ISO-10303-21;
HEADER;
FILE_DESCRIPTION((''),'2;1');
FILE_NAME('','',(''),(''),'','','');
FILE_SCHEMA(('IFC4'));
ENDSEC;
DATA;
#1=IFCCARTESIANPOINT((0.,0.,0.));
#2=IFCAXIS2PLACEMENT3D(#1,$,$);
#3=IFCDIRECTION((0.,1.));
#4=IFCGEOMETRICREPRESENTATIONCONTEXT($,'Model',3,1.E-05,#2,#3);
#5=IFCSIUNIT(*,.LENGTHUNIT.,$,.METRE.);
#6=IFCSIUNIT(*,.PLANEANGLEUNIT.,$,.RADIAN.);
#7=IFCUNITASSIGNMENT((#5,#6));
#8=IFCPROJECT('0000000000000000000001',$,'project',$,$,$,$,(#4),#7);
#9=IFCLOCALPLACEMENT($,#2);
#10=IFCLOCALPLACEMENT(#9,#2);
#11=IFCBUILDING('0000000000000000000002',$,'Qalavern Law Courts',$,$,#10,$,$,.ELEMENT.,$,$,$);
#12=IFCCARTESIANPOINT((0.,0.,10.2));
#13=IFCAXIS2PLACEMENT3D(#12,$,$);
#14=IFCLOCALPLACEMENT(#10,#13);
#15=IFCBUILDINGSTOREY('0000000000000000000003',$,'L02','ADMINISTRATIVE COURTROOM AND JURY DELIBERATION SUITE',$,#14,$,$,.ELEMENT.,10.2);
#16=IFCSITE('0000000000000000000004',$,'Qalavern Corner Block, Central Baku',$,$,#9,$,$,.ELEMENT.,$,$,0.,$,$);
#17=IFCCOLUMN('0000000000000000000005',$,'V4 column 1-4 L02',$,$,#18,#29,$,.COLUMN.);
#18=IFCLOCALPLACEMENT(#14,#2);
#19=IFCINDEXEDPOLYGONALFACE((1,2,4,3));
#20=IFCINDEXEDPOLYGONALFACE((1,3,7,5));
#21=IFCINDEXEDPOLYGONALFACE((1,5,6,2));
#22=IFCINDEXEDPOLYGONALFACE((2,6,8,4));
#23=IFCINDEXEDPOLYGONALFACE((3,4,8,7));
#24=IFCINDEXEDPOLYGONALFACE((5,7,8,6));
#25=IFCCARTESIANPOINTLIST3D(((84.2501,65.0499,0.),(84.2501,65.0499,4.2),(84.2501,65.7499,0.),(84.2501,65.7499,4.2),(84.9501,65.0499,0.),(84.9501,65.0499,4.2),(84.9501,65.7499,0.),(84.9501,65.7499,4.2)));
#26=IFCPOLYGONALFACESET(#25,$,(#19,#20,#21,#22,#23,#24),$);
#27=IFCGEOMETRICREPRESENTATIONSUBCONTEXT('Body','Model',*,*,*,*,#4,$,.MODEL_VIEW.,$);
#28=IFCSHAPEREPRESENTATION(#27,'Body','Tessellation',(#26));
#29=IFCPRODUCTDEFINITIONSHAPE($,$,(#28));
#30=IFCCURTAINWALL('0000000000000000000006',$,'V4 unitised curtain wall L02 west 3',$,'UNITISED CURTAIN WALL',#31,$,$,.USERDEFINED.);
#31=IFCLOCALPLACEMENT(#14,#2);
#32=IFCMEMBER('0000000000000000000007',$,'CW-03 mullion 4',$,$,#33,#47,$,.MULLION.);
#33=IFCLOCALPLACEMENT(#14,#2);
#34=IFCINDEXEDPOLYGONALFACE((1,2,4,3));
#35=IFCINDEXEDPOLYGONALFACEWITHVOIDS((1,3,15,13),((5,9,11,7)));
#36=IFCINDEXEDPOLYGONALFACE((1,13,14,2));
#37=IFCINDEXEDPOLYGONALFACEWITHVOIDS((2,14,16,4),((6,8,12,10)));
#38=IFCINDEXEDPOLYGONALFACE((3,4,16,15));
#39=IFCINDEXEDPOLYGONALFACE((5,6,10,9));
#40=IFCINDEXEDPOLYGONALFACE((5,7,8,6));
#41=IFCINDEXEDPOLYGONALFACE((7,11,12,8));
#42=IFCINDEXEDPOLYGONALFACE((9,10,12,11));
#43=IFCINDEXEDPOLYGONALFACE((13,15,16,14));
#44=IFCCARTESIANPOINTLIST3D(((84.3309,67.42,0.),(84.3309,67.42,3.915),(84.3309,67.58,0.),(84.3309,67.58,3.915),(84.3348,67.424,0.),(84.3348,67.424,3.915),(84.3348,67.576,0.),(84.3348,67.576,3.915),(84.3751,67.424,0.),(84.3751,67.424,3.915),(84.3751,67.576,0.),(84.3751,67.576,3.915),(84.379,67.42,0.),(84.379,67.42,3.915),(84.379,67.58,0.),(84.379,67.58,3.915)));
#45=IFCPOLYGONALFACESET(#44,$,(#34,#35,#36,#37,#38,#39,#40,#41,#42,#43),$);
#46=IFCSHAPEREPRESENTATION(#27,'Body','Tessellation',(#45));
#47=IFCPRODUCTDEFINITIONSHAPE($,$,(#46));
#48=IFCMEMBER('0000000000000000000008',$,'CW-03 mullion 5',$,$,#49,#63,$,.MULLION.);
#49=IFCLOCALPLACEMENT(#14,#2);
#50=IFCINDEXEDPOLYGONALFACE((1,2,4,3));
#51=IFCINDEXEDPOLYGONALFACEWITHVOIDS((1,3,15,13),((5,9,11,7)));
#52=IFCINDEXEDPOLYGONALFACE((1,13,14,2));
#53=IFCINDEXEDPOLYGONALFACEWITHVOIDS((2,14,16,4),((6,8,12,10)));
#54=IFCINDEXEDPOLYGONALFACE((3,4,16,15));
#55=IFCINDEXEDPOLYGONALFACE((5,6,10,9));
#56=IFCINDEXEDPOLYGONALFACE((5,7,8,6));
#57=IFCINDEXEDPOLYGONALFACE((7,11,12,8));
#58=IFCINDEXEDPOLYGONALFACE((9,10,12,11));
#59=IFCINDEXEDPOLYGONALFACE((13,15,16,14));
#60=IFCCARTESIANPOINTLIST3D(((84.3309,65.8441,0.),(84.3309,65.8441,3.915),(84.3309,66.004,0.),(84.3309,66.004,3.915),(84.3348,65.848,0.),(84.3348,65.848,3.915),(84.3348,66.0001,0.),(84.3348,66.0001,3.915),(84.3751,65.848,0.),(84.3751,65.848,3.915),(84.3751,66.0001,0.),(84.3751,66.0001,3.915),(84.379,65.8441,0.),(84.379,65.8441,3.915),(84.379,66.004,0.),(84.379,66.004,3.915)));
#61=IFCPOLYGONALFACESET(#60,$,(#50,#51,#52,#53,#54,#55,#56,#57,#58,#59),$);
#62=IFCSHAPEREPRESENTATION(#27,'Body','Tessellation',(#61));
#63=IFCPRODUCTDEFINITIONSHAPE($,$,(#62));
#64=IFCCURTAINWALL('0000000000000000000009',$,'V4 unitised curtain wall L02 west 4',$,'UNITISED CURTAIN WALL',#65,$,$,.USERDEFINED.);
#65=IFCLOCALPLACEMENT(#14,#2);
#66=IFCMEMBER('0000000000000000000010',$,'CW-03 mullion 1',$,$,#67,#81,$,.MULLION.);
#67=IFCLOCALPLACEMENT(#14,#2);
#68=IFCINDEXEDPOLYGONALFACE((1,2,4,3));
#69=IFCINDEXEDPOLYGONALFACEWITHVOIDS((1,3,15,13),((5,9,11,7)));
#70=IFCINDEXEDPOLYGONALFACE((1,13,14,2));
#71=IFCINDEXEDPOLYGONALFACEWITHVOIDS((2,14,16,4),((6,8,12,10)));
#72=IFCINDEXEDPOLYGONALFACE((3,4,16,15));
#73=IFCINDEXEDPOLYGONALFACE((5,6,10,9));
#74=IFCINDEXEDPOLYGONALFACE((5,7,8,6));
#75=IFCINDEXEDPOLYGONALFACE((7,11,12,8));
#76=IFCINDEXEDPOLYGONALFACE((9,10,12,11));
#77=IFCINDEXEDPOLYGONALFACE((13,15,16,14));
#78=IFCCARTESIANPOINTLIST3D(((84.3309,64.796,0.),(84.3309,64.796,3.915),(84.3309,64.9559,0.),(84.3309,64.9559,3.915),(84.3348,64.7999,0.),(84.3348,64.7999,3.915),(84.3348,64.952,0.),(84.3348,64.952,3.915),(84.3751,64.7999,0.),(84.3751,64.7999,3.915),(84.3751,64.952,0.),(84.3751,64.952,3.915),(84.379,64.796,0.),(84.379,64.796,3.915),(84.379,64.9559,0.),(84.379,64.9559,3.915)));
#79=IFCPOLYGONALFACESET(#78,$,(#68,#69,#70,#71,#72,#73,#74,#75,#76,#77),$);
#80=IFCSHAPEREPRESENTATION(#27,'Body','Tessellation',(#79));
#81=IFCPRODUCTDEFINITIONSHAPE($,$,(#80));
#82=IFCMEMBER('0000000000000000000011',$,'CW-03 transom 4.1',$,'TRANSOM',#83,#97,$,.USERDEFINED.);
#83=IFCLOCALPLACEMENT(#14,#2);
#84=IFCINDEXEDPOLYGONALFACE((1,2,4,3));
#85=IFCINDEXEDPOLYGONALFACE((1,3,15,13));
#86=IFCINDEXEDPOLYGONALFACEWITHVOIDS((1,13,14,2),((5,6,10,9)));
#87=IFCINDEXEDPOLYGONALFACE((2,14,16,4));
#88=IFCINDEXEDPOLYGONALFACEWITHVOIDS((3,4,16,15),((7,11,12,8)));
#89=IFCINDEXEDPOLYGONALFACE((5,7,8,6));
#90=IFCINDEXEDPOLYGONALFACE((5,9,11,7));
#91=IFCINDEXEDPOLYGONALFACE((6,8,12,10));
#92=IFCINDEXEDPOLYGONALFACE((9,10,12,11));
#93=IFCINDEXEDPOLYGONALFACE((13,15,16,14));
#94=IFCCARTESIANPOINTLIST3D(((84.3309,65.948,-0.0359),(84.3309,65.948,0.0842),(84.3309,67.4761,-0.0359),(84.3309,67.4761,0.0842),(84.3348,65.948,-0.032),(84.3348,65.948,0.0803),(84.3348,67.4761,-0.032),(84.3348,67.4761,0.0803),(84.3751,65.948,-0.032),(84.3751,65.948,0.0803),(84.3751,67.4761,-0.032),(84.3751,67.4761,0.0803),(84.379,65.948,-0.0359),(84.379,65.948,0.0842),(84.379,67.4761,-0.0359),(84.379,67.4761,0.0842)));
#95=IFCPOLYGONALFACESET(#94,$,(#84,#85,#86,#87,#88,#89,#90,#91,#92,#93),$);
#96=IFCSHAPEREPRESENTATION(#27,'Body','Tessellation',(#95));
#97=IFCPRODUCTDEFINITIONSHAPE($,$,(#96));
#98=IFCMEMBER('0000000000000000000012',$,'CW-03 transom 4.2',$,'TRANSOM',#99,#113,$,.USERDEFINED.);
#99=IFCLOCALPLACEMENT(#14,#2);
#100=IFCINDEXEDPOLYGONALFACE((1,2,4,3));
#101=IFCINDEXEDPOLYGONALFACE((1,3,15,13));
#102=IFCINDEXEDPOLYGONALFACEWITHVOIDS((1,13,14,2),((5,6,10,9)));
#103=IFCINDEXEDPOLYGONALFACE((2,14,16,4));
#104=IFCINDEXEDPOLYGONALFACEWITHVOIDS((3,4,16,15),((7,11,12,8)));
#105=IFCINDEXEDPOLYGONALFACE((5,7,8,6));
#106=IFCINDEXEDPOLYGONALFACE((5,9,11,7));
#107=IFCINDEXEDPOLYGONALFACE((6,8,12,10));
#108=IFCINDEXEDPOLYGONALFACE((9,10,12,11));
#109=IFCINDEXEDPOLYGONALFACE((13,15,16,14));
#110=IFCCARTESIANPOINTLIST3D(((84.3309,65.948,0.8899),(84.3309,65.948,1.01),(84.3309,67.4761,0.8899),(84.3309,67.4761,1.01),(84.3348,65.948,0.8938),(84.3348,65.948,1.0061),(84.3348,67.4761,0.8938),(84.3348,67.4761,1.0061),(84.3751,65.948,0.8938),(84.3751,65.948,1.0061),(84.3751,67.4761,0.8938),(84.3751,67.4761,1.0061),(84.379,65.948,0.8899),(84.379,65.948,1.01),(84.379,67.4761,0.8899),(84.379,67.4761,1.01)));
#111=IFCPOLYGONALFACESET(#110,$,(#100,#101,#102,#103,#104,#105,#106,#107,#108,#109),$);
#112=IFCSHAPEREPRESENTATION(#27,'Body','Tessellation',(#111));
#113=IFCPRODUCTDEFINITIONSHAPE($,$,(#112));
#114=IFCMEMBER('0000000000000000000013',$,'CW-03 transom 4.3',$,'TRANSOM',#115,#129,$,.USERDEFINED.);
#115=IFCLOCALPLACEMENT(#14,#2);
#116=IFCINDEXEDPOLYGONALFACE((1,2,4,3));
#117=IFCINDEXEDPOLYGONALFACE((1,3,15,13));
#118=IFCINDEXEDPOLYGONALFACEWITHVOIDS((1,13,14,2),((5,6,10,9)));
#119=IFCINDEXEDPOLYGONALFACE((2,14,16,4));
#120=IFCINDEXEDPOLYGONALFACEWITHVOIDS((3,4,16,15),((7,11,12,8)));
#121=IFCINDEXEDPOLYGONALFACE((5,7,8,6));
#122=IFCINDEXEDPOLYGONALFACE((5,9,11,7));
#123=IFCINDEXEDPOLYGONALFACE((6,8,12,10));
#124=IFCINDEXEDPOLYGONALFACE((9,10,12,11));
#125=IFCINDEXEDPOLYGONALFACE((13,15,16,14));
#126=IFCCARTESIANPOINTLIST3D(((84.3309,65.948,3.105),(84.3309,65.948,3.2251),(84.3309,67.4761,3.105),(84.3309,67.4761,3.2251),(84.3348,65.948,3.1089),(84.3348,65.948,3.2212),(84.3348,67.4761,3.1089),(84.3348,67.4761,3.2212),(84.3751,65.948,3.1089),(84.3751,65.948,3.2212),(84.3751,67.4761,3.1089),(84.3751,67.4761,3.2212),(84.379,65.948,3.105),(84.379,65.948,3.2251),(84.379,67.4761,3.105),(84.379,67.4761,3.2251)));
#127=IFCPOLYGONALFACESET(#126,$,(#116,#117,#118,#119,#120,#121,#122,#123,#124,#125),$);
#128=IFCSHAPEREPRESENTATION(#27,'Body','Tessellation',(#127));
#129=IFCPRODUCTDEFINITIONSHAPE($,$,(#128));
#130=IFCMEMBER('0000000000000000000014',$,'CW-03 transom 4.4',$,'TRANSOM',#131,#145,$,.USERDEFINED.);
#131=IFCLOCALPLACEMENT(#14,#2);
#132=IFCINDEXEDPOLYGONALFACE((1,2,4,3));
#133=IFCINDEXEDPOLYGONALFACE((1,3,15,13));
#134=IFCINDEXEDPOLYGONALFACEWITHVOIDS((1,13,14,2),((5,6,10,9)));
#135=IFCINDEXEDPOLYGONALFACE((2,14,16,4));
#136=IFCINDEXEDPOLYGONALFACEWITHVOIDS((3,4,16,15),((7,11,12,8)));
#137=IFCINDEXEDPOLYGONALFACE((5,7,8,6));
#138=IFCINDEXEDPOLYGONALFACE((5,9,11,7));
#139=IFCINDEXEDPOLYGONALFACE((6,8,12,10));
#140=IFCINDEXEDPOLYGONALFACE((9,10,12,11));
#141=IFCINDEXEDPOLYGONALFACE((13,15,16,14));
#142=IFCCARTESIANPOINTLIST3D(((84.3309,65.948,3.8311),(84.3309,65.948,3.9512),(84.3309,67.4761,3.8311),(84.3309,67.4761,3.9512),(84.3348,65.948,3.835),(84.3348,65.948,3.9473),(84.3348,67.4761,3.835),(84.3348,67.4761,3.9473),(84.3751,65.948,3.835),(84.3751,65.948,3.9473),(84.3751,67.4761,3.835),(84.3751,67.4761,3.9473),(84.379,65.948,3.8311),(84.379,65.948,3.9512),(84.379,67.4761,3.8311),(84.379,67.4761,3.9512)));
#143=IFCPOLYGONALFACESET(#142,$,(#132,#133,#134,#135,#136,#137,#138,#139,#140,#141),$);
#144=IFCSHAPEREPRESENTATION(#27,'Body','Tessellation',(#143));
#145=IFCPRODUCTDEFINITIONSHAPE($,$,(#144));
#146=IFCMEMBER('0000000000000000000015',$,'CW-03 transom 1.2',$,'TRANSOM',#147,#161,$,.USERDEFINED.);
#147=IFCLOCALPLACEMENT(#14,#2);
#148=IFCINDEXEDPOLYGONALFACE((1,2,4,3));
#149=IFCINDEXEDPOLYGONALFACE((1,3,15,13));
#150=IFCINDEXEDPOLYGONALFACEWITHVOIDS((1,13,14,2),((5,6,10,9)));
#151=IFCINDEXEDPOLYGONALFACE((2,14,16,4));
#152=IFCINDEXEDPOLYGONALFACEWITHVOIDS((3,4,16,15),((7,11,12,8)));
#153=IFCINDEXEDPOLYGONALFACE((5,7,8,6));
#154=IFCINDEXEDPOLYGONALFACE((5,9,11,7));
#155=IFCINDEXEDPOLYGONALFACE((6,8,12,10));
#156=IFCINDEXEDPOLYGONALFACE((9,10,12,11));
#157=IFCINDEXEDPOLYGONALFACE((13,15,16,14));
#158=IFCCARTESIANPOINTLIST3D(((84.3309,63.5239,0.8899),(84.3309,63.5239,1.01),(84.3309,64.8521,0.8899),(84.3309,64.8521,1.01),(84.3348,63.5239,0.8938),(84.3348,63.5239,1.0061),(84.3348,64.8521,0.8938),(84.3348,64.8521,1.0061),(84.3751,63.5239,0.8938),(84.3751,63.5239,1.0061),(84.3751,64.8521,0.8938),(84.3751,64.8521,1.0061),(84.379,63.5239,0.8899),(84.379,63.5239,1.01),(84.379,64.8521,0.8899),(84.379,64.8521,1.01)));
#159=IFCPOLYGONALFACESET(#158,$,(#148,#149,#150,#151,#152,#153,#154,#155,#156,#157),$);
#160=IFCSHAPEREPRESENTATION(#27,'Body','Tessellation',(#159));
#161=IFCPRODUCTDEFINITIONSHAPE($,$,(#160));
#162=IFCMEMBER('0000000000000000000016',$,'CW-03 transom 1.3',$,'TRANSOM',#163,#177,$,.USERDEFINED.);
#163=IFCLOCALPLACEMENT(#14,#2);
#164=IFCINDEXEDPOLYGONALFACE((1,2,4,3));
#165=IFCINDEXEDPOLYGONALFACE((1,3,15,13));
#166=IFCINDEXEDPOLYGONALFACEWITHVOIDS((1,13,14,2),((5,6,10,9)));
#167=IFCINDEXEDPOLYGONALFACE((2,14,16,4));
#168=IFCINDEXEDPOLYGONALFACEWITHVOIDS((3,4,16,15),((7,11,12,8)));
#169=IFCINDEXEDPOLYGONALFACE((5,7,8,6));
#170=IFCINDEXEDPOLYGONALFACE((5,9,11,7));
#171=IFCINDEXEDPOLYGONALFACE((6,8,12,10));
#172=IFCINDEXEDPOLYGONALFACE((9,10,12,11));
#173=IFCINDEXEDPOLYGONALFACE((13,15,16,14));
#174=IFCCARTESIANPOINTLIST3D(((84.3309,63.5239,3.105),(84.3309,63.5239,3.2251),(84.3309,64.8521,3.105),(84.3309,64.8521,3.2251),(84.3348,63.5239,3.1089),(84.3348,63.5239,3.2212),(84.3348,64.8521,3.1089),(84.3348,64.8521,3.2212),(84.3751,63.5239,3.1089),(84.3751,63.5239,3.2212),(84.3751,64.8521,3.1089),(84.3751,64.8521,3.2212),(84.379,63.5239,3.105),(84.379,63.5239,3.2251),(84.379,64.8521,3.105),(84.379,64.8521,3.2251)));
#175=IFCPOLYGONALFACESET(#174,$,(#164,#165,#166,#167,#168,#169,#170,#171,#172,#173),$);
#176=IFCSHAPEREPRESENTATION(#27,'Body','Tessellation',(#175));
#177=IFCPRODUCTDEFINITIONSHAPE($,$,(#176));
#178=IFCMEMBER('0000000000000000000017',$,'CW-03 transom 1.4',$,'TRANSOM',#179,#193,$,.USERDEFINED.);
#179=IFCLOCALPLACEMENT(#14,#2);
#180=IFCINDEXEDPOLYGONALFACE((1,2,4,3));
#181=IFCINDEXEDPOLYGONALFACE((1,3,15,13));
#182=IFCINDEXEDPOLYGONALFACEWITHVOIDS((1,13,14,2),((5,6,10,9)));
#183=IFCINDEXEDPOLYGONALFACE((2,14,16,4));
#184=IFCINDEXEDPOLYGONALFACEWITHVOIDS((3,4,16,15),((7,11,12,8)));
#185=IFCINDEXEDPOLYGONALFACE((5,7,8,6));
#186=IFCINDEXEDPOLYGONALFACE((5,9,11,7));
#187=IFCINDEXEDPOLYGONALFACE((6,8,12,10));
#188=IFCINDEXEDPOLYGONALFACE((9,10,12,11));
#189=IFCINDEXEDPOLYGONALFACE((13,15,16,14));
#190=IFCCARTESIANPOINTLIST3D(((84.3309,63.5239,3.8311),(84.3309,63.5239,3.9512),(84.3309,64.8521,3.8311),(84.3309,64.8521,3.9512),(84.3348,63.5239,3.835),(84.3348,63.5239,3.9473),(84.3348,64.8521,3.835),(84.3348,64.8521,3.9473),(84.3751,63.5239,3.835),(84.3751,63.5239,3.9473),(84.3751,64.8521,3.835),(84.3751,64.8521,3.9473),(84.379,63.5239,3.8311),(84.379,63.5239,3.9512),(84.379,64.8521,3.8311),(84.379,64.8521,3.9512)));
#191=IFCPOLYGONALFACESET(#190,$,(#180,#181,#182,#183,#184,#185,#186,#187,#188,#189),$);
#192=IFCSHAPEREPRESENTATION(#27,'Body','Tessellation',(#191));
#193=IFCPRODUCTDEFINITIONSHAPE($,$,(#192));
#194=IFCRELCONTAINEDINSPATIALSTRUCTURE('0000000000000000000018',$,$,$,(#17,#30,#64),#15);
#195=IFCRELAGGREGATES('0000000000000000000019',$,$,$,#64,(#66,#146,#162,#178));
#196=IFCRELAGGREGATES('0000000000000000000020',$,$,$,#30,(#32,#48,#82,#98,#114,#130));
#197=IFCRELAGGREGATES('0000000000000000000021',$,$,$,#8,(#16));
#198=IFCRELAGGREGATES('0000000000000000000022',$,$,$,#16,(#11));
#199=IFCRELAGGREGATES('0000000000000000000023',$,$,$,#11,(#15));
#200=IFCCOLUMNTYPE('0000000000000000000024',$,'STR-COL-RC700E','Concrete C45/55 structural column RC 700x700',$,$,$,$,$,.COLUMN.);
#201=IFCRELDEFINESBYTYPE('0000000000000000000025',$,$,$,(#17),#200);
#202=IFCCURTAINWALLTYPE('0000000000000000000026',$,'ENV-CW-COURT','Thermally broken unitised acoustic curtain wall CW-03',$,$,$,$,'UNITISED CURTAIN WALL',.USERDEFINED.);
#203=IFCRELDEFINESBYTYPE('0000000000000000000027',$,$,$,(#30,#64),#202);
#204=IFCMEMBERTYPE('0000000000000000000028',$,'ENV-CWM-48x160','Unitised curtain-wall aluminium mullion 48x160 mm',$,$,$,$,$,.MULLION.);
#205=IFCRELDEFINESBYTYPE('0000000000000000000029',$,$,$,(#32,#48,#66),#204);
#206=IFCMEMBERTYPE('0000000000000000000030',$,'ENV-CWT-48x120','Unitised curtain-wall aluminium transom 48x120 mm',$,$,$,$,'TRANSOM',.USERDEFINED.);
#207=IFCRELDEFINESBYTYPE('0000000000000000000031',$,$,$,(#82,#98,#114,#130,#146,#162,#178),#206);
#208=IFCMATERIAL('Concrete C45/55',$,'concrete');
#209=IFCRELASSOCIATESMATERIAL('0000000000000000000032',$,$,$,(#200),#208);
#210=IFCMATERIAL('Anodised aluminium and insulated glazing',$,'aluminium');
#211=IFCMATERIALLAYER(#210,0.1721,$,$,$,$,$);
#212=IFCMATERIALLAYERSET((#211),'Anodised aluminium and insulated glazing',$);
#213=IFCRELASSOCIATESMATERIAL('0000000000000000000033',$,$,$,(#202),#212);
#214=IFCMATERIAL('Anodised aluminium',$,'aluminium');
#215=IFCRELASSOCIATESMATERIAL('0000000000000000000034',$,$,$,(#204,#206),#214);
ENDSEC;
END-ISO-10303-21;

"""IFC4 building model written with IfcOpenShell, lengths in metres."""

from ifc_helpers import new_model, si_unit, direction, frame, origin, origin_2d, place, context, subcontext, project, spatial, rectangle, hollow_rectangle, extrude, material, layer, layer_set, material_profile, profile_set, type_object, element, aggregate, save


model = new_model("IFC4")

# Units and contexts
model_context = context("Model", 3, precision=1e-05, world=origin(), true_north=direction((0.0, 1.0)))
body_context = subcontext(model_context, "Body", "Model", "MODEL_VIEW")
ifc_project = project(units=[si_unit("LENGTHUNIT", "METRE"), si_unit("PLANEANGLEUNIT", "RADIAN")], contexts=[model_context])

# Site, building, storey
site_placement = place(None, origin())
site = spatial("IfcSite", under=ifc_project, at=site_placement, Name="Qalavern Corner Block, Central Baku", CompositionType="ELEMENT", RefElevation=0.0)
building_placement = place(site_placement, origin())
building = spatial("IfcBuilding", under=site, at=building_placement, Name="Qalavern Law Courts", CompositionType="ELEMENT")
storey_placement = place(building_placement, frame((0.0, 0.0, 10.2)))
storey = spatial("IfcBuildingStorey", under=building, at=storey_placement, Name="L02", Description="ADMINISTRATIVE COURTROOM AND JURY DELIBERATION SUITE", CompositionType="ELEMENT", Elevation=10.2)

# Column
ifc_material_1 = material(Name="Concrete C45/55", Category="concrete")
ifc_material_profile_1 = material_profile(ifc_material_1, rectangle(XDim=0.7, YDim=0.7, at=origin_2d()), Name="RC 700x700")
ifc_profile_set_1 = profile_set([ifc_material_profile_1], Name="Concrete C45/55")
column_type = type_object("IfcColumnType", Name="STR-COL-RC700E", Description="Concrete C45/55 structural column RC 700x700", PredefinedType="COLUMN", material=ifc_profile_set_1)
column_placement = place(storey_placement, frame((84.6001, 65.3999, 0.0), z_axis=(0.0, 0.0, 1.0), x_axis=(1.0, 0.0, 0.0)))
element("IfcColumn", 1, at=column_placement, inside=storey, type_object=column_type, Name="V4 column 1-4 L02", PredefinedType="COLUMN", context=body_context, shape_type="SweptSolid", body=[
    extrude(rectangle(XDim=0.7, YDim=0.7, at=origin_2d()), origin(), (0.0, 0.0, 1.0), 4.2),
])

# Curtain wall, members
ifc_material_2 = material(Name="Anodised aluminium and insulated glazing", Category="aluminium")
ifc_layer_1 = layer(ifc_material_2, 0.1721)
ifc_layer_set_1 = layer_set([ifc_layer_1], Name="Anodised aluminium and insulated glazing")
curtain_wall_type = type_object("IfcCurtainWallType", Name="ENV-CW-COURT", Description="Thermally broken unitised acoustic curtain wall CW-03", ElementType="UNITISED CURTAIN WALL", PredefinedType="USERDEFINED", material=ifc_layer_set_1)
curtain_wall_1_placement = place(storey_placement, origin())
curtain_wall_1 = element("IfcCurtainWall", 2, at=curtain_wall_1_placement, inside=storey, type_object=curtain_wall_type, Name="V4 unitised curtain wall L02 west 3", ObjectType="UNITISED CURTAIN WALL", PredefinedType="USERDEFINED")
ifc_material_3 = material(Name="Anodised aluminium", Category="aluminium")
ifc_material_profile_2 = material_profile(ifc_material_3, hollow_rectangle(XDim=0.0481, YDim=0.1599, WallThickness=0.0039, at=origin_2d()), Name="ALU MULLION 48x160")
ifc_profile_set_2 = profile_set([ifc_material_profile_2], Name="Anodised aluminium")
member_type_1 = type_object("IfcMemberType", Name="ENV-CWM-48x160", Description="Unitised curtain-wall aluminium mullion 48x160 mm", PredefinedType="MULLION", material=ifc_profile_set_2)
member_1_placement = place(storey_placement, frame((84.355, 67.5, 0.0), z_axis=(0.0, 0.0, 1.0), x_axis=(1.0, 0.0, 0.0)))
member_1 = element("IfcMember", 3, at=member_1_placement, type_object=member_type_1, Name="CW-03 mullion 4", PredefinedType="MULLION", context=body_context, shape_type="SweptSolid", body=[
    extrude(hollow_rectangle(XDim=0.0481, YDim=0.1599, WallThickness=0.0039, at=origin_2d()), origin(), (0.0, 0.0, 1.0), 3.915),
])
member_2_placement = place(storey_placement, frame((84.355, 65.9241, 0.0), z_axis=(0.0, 0.0, 1.0), x_axis=(1.0, 0.0, 0.0)))
member_2 = element("IfcMember", 4, at=member_2_placement, type_object=member_type_1, Name="CW-03 mullion 5", PredefinedType="MULLION", context=body_context, shape_type="SweptSolid", body=[
    extrude(hollow_rectangle(XDim=0.0481, YDim=0.1599, WallThickness=0.0039, at=origin_2d()), origin(), (0.0, 0.0, 1.0), 3.915),
])

# Curtain wall, member
curtain_wall_2_placement = place(storey_placement, origin())
curtain_wall_2 = element("IfcCurtainWall", 5, at=curtain_wall_2_placement, inside=storey, type_object=curtain_wall_type, Name="V4 unitised curtain wall L02 west 4", ObjectType="UNITISED CURTAIN WALL", PredefinedType="USERDEFINED")
member_3_placement = place(storey_placement, frame((84.355, 64.876, 0.0), z_axis=(0.0, 0.0, 1.0), x_axis=(1.0, 0.0, 0.0)))
member_3 = element("IfcMember", 6, at=member_3_placement, type_object=member_type_1, Name="CW-03 mullion 1", PredefinedType="MULLION", context=body_context, shape_type="SweptSolid", body=[
    extrude(hollow_rectangle(XDim=0.0481, YDim=0.1599, WallThickness=0.0039, at=origin_2d()), origin(), (0.0, 0.0, 1.0), 3.915),
])

# Members
ifc_material_profile_3 = material_profile(ifc_material_3, hollow_rectangle(XDim=0.0481, YDim=0.1201, WallThickness=0.0039, at=origin_2d()), Name="ALU TRANSOM 48x120")
ifc_profile_set_3 = profile_set([ifc_material_profile_3], Name="Anodised aluminium")
member_type_2 = type_object("IfcMemberType", Name="ENV-CWT-48x120", Description="Unitised curtain-wall aluminium transom 48x120 mm", ElementType="TRANSOM", PredefinedType="USERDEFINED", material=ifc_profile_set_3)
member_4_placement = place(storey_placement, frame((84.355, 67.4761, 0.0242), z_axis=(0.0, -1.0, 0.0), x_axis=(1.0, 0.0, 0.0)))
member_4 = element("IfcMember", 7, at=member_4_placement, type_object=member_type_2, Name="CW-03 transom 4.1", ObjectType="TRANSOM", PredefinedType="USERDEFINED", context=body_context, shape_type="SweptSolid", body=[
    extrude(hollow_rectangle(XDim=0.0481, YDim=0.1201, WallThickness=0.0039, at=origin_2d()), origin(), (0.0, 0.0, 1.0), 1.5281),
])
member_5_placement = place(storey_placement, frame((84.355, 67.4761, 0.95), z_axis=(0.0, -1.0, 0.0), x_axis=(1.0, 0.0, 0.0)))
member_5 = element("IfcMember", 8, at=member_5_placement, type_object=member_type_2, Name="CW-03 transom 4.2", ObjectType="TRANSOM", PredefinedType="USERDEFINED", context=body_context, shape_type="SweptSolid", body=[
    extrude(hollow_rectangle(XDim=0.0481, YDim=0.1201, WallThickness=0.0039, at=origin_2d()), origin(), (0.0, 0.0, 1.0), 1.5281),
])
member_6_placement = place(storey_placement, frame((84.355, 67.4761, 3.165), z_axis=(0.0, -1.0, 0.0), x_axis=(1.0, 0.0, 0.0)))
member_6 = element("IfcMember", 9, at=member_6_placement, type_object=member_type_2, Name="CW-03 transom 4.3", ObjectType="TRANSOM", PredefinedType="USERDEFINED", context=body_context, shape_type="SweptSolid", body=[
    extrude(hollow_rectangle(XDim=0.0481, YDim=0.1201, WallThickness=0.0039, at=origin_2d()), origin(), (0.0, 0.0, 1.0), 1.5281),
])
member_7_placement = place(storey_placement, frame((84.355, 67.4761, 3.8911), z_axis=(0.0, -1.0, 0.0), x_axis=(1.0, 0.0, 0.0)))
member_7 = element("IfcMember", 10, at=member_7_placement, type_object=member_type_2, Name="CW-03 transom 4.4", ObjectType="TRANSOM", PredefinedType="USERDEFINED", context=body_context, shape_type="SweptSolid", body=[
    extrude(hollow_rectangle(XDim=0.0481, YDim=0.1201, WallThickness=0.0039, at=origin_2d()), origin(), (0.0, 0.0, 1.0), 1.5281),
])
member_8_placement = place(storey_placement, frame((84.355, 64.8521, 0.95), z_axis=(0.0, -1.0, 0.0), x_axis=(1.0, 0.0, 0.0)))
member_8 = element("IfcMember", 11, at=member_8_placement, type_object=member_type_2, Name="CW-03 transom 1.2", ObjectType="TRANSOM", PredefinedType="USERDEFINED", context=body_context, shape_type="SweptSolid", body=[
    extrude(hollow_rectangle(XDim=0.0481, YDim=0.1201, WallThickness=0.0039, at=origin_2d()), origin(), (0.0, 0.0, 1.0), 1.3281),
])
member_9_placement = place(storey_placement, frame((84.355, 64.8521, 3.165), z_axis=(0.0, -1.0, 0.0), x_axis=(1.0, 0.0, 0.0)))
member_9 = element("IfcMember", 12, at=member_9_placement, type_object=member_type_2, Name="CW-03 transom 1.3", ObjectType="TRANSOM", PredefinedType="USERDEFINED", context=body_context, shape_type="SweptSolid", body=[
    extrude(hollow_rectangle(XDim=0.0481, YDim=0.1201, WallThickness=0.0039, at=origin_2d()), origin(), (0.0, 0.0, 1.0), 1.3281),
])
member_10_placement = place(storey_placement, frame((84.355, 64.8521, 3.8911), z_axis=(0.0, -1.0, 0.0), x_axis=(1.0, 0.0, 0.0)))
member_10 = element("IfcMember", 13, at=member_10_placement, type_object=member_type_2, Name="CW-03 transom 1.4", ObjectType="TRANSOM", PredefinedType="USERDEFINED", context=body_context, shape_type="SweptSolid", body=[
    extrude(hollow_rectangle(XDim=0.0481, YDim=0.1201, WallThickness=0.0039, at=origin_2d()), origin(), (0.0, 0.0, 1.0), 1.3281),
])
aggregate(curtain_wall_2, [member_3, member_8, member_9, member_10])

aggregate(curtain_wall_1, [member_1, member_2, member_4, member_5, member_6, member_7])

save(model, "model.ifc")
